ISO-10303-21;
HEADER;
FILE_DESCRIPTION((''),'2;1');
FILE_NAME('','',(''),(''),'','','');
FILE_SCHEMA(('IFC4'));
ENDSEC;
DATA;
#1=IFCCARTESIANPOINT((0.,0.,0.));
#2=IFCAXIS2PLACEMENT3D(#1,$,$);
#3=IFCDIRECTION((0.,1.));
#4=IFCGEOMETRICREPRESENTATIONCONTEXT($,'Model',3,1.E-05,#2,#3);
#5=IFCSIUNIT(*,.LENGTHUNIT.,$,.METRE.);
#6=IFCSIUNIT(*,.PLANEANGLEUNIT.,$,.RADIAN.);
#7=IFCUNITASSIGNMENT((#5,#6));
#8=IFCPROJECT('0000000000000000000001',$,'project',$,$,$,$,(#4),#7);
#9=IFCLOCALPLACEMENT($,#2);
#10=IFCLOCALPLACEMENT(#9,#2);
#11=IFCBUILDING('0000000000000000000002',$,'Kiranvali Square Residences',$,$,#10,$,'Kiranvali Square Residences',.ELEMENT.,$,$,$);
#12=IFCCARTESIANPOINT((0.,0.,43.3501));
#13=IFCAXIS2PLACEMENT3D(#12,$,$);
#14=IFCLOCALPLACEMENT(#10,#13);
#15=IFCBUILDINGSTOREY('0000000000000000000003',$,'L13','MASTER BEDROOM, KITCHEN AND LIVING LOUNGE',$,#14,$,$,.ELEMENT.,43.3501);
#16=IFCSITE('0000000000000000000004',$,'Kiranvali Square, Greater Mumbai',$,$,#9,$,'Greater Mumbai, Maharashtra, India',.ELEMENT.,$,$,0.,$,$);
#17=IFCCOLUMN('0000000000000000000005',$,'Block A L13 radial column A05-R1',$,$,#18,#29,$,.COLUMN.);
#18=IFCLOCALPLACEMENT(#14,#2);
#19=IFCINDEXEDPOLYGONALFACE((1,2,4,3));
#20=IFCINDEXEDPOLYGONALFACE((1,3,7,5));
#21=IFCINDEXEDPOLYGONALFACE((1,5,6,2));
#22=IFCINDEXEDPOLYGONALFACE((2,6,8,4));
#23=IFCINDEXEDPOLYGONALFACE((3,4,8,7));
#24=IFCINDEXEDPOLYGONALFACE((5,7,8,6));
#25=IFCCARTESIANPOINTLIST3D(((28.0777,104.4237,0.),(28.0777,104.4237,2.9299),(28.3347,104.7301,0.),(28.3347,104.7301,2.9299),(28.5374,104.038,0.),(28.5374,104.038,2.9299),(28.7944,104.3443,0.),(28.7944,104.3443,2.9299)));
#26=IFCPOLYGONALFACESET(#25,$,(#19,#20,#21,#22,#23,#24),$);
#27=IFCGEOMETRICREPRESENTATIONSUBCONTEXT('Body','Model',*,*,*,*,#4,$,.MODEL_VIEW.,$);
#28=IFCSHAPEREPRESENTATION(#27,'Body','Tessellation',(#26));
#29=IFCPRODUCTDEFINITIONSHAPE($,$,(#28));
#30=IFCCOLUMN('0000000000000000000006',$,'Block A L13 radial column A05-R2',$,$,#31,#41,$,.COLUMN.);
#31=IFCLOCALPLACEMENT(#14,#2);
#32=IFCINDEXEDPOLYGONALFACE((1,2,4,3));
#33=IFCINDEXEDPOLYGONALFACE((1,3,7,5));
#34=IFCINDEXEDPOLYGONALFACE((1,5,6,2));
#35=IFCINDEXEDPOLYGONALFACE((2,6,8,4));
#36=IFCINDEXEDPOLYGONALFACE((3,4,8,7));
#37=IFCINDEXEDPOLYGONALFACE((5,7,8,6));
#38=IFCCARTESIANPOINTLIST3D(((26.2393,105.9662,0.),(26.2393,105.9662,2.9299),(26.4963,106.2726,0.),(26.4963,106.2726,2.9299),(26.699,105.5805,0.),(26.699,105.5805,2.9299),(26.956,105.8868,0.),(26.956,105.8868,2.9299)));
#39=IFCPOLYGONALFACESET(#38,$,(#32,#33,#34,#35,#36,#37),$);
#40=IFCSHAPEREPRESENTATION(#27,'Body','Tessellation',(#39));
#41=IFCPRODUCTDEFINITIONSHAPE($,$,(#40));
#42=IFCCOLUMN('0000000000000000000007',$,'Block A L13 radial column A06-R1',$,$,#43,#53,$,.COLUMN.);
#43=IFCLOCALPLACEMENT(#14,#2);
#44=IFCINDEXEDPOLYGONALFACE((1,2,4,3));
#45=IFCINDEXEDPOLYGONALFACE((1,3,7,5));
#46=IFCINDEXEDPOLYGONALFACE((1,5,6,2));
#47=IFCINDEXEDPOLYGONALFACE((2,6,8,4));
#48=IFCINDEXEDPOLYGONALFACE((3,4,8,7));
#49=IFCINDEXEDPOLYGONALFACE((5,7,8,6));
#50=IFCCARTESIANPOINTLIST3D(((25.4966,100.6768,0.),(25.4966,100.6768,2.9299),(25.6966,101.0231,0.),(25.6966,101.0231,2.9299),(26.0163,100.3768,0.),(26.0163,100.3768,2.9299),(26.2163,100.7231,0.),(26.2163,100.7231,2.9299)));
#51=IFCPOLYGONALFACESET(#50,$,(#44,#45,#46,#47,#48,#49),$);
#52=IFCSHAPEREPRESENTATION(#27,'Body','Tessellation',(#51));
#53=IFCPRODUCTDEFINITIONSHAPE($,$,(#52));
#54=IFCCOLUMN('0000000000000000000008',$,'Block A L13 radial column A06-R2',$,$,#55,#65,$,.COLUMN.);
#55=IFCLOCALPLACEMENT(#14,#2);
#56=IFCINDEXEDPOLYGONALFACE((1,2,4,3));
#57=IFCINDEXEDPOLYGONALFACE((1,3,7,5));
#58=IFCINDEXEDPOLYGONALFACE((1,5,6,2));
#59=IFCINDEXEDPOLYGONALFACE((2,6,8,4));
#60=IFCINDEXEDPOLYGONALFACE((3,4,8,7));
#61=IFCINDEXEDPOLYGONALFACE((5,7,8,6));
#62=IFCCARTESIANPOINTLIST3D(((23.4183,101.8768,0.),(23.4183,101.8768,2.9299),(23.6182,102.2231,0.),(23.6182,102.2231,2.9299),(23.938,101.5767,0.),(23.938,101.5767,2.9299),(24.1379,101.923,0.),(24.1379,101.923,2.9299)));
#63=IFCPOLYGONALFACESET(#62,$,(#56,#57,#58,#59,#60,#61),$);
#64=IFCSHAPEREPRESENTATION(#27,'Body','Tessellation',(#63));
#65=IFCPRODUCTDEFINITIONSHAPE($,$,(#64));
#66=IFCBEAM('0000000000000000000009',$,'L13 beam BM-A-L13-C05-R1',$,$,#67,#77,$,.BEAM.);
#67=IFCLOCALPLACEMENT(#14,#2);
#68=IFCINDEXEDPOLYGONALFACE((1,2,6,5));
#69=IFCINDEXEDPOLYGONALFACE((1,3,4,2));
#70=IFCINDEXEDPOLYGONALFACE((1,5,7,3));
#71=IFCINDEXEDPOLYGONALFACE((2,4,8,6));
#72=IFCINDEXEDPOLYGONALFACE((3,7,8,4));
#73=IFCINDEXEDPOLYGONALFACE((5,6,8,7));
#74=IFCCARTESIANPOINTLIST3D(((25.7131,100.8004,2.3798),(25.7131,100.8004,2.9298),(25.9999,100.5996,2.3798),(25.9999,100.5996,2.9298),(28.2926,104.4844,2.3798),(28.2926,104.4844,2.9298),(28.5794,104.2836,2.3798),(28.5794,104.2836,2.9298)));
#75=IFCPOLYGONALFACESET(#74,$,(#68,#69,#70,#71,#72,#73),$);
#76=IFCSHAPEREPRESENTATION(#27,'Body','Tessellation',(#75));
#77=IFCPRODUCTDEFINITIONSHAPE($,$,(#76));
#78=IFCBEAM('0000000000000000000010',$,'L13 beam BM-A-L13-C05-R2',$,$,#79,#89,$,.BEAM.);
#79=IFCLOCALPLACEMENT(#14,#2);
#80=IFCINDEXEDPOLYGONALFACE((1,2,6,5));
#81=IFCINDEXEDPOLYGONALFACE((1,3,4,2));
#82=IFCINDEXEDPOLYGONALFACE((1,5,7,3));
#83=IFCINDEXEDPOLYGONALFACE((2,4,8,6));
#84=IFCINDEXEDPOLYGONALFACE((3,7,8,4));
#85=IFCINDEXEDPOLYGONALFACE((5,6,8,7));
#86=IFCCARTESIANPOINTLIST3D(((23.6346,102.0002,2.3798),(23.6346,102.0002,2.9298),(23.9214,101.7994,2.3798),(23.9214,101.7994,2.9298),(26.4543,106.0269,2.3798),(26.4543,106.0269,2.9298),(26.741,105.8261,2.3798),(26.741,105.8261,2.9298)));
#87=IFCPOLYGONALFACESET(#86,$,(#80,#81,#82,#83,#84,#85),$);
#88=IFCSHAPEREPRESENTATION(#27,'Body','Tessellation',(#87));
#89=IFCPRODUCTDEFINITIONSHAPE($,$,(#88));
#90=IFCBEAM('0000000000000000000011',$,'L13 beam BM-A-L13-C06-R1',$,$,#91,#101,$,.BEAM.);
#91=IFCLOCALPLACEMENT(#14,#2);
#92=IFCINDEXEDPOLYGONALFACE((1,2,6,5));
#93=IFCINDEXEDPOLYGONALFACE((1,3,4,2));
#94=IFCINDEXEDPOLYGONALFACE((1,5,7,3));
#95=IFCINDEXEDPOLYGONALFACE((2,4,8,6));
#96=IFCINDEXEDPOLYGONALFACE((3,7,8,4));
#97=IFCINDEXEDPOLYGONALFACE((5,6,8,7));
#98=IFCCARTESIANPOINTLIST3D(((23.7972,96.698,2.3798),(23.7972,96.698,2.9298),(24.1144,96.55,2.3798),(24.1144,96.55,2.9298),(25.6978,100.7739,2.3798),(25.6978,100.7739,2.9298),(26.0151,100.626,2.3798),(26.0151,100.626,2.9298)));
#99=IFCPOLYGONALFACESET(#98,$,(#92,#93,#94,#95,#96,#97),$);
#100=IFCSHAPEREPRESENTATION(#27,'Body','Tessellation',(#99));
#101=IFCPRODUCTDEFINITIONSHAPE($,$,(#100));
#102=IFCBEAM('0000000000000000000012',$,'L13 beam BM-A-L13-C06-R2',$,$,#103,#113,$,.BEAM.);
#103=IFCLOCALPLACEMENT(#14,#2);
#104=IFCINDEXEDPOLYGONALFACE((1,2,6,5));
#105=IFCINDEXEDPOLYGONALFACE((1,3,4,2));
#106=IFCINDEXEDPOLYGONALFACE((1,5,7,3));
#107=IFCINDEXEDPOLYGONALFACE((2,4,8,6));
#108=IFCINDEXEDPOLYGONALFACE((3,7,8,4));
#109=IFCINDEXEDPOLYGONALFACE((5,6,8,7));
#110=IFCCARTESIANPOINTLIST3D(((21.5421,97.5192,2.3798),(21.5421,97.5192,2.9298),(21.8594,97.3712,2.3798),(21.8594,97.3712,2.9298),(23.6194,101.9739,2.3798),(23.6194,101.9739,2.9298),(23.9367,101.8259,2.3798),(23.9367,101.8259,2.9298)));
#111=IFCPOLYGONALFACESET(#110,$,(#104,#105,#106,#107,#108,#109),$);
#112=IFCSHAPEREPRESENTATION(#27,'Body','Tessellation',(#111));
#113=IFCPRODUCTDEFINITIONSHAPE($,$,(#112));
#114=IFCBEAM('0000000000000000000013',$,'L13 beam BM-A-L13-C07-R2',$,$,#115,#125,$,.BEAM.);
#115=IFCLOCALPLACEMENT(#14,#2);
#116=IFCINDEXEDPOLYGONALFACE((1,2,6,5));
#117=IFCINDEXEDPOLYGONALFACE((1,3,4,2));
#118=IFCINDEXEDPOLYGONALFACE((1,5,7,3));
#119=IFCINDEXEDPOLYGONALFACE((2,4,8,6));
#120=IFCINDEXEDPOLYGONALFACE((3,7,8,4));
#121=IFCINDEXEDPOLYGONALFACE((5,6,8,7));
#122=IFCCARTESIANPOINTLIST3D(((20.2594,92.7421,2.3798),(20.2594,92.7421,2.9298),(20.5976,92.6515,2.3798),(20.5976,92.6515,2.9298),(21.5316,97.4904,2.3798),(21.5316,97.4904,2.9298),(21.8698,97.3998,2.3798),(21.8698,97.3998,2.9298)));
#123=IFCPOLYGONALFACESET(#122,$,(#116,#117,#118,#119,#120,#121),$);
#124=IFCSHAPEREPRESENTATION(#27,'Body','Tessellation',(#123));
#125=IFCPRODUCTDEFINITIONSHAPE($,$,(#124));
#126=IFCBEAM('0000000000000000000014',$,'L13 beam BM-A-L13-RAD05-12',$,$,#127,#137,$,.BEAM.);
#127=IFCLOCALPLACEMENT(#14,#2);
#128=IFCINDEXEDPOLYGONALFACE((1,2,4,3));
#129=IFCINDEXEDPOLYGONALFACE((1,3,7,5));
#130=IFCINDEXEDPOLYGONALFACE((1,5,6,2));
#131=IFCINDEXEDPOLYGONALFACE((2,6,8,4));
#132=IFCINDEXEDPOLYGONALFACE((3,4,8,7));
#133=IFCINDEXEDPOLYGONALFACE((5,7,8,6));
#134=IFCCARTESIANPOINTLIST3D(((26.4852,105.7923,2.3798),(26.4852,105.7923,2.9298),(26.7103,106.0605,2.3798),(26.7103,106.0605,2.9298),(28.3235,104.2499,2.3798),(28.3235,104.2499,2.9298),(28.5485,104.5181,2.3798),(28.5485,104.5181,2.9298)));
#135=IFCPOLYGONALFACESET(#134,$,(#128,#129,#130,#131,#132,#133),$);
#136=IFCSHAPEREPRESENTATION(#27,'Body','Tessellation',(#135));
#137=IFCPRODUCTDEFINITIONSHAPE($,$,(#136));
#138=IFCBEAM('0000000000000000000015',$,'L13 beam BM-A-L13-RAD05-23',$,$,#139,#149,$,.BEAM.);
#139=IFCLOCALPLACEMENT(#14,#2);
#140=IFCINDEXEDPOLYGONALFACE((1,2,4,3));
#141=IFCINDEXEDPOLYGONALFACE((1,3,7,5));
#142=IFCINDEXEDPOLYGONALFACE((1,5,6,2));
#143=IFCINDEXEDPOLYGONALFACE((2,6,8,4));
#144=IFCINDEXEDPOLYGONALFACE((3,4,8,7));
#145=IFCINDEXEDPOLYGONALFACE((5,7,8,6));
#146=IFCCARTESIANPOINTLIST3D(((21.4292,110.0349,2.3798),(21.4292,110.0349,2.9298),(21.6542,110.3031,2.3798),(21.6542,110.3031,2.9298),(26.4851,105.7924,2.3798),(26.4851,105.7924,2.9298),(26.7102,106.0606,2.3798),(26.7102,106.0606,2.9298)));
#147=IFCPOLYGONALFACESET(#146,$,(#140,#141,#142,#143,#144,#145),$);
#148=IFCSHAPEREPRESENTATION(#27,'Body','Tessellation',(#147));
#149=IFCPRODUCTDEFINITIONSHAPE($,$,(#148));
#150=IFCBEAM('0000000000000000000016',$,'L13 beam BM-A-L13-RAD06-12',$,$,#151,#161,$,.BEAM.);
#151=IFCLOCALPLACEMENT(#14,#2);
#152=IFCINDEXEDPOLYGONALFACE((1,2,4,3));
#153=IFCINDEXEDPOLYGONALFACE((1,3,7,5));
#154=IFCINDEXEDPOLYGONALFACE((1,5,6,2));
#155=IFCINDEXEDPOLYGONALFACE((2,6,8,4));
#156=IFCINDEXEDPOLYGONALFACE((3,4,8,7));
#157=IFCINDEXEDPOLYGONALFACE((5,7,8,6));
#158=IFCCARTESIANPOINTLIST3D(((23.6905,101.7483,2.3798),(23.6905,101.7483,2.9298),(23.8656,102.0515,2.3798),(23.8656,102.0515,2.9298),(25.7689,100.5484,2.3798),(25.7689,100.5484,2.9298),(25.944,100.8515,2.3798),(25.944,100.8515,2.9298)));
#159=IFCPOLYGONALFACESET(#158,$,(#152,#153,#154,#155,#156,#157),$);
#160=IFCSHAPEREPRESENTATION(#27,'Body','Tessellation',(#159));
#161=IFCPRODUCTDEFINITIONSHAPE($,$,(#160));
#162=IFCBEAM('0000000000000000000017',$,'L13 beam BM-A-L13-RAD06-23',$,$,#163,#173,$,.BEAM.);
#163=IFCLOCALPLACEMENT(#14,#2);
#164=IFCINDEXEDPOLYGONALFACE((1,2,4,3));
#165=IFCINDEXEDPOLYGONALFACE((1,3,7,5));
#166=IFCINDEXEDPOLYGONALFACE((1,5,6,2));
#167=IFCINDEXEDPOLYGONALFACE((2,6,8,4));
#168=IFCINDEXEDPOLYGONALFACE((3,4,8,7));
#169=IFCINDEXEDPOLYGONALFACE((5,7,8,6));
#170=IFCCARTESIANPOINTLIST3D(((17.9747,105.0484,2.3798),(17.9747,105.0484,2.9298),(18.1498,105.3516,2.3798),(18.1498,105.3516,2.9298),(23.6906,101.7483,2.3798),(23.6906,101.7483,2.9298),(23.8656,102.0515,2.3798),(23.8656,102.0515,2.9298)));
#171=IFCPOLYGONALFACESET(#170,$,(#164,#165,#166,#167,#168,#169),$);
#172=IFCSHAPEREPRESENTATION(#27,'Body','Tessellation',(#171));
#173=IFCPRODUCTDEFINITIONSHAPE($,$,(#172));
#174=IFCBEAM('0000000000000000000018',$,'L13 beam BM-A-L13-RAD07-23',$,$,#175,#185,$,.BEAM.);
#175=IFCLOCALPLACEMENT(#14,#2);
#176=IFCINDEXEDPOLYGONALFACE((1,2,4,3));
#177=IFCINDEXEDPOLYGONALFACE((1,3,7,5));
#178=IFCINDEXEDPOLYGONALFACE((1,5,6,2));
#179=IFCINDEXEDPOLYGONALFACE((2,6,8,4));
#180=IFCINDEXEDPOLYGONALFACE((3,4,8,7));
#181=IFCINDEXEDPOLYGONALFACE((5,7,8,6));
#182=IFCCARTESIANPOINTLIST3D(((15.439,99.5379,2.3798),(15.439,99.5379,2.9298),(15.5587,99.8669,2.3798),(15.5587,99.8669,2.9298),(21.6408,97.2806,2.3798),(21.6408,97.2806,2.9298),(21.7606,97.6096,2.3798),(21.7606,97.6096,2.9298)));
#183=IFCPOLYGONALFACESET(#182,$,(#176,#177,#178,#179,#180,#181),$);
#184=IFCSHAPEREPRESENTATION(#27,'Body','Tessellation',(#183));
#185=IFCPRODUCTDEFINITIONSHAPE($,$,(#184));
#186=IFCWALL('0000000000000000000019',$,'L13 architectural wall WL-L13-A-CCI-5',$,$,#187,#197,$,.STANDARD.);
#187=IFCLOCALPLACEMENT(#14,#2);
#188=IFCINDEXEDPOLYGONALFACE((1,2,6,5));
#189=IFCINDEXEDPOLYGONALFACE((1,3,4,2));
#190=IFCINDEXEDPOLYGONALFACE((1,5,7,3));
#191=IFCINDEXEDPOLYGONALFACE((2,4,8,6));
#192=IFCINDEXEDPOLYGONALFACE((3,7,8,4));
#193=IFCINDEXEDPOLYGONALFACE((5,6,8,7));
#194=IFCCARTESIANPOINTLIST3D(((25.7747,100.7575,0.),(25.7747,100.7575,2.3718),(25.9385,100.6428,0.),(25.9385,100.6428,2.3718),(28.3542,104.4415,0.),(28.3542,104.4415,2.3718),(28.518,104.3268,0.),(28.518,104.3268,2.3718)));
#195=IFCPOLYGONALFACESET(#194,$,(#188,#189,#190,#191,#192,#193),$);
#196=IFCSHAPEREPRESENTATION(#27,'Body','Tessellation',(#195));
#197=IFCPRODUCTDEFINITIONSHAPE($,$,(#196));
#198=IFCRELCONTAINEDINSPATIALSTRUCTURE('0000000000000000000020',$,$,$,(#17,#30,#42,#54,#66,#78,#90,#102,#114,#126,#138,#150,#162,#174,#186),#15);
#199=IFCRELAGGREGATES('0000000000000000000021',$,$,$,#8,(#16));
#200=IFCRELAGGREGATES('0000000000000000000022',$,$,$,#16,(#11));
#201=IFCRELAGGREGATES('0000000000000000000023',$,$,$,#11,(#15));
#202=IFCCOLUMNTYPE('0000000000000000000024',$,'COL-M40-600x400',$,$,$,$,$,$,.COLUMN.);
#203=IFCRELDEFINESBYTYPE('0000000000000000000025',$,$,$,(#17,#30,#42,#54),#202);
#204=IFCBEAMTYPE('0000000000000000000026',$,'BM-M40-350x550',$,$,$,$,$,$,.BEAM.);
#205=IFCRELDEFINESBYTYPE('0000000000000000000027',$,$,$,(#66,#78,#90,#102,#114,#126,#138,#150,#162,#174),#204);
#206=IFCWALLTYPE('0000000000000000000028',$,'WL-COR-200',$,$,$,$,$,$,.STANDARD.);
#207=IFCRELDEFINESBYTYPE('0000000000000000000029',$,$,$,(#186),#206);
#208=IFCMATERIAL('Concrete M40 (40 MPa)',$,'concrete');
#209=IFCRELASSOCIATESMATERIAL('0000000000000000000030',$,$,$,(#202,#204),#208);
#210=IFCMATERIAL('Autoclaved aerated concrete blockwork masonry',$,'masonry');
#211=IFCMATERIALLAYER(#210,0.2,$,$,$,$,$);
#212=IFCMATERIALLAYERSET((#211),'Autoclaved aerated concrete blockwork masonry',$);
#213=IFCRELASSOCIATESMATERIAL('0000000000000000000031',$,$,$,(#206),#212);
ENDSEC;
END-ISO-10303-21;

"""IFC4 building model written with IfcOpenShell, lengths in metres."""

from ifc_helpers import new_model, si_unit, direction, frame, frame_2d, origin, origin_2d, place, context, subcontext, project, spatial, rectangle, extrude, material, layer, layer_set, material_profile, profile_set, type_object, element, save


model = new_model("IFC4")

# Units and contexts
model_context = context("Model", 3, precision=1e-05, world=origin(), true_north=direction((0.0, 1.0)))
body_context = subcontext(model_context, "Body", "Model", "MODEL_VIEW")
ifc_project = project(units=[si_unit("LENGTHUNIT", "METRE"), si_unit("PLANEANGLEUNIT", "RADIAN")], contexts=[model_context])

# Site, building, storey
site_placement = place(None, origin())
site = spatial("IfcSite", under=ifc_project, at=site_placement, Name="Kiranvali Square, Greater Mumbai", LongName="Greater Mumbai, Maharashtra, India", CompositionType="ELEMENT", RefElevation=0.0)
building_placement = place(site_placement, origin())
building = spatial("IfcBuilding", under=site, at=building_placement, Name="Kiranvali Square Residences", LongName="Kiranvali Square Residences", CompositionType="ELEMENT")
storey_placement = place(building_placement, frame((0.0, 0.0, 43.3501)))
storey = spatial("IfcBuildingStorey", under=building, at=storey_placement, Name="L13", Description="MASTER BEDROOM, KITCHEN AND LIVING LOUNGE", CompositionType="ELEMENT", Elevation=43.3501)

# Columns
ifc_material_1 = material(Name="Concrete M40 (40 MPa)", Category="concrete")
ifc_material_profile_1 = material_profile(ifc_material_1, rectangle(XDim=0.3999, YDim=0.6001, at=origin_2d()), Name="RC 600x400")
ifc_profile_set_1 = profile_set([ifc_material_profile_1], Name="Concrete M40 (40 MPa)")
column_type = type_object("IfcColumnType", Name="COL-M40-600x400", PredefinedType="COLUMN", material=ifc_profile_set_1)
for number, where, z_axis, x_axis, name in (
    (1, (28.436, 104.384, 0.0), (0.0, 0.0, 1.0), (0.642788, 0.766044, 0.0), "Block A L13 radial column A05-R1"),
    (2, (26.5977, 105.9265, 0.0), (0.0, 0.0, 1.0), (0.642788, 0.766044, 0.0), "Block A L13 radial column A05-R2"),
    (3, (25.8564, 100.7, 0.0), (0.0, 0.0, 1.0), (0.5, 0.866025, 0.0), "Block A L13 radial column A06-R1"),
    (4, (23.7781, 101.8999, 0.0), (0.0, 0.0, 1.0), (0.5, 0.866025, 0.0), "Block A L13 radial column A06-R2"),
):
    element("IfcColumn", number, at=place(storey_placement, frame(where, z_axis=z_axis, x_axis=x_axis)), inside=storey, type_object=column_type, Name=name, PredefinedType="COLUMN", context=body_context, shape_type="SweptSolid", body=[
        extrude(rectangle(XDim=0.3999, YDim=0.6001, at=origin_2d()), origin(), (0.0, 0.0, 1.0), 2.9299),
    ])

# Beams
ifc_material_profile_2 = material_profile(ifc_material_1, rectangle(XDim=0.3501, YDim=0.55, at=origin_2d()), Name="RC 350x550")
ifc_profile_set_2 = profile_set([ifc_material_profile_2], Name="Concrete M40 (40 MPa)")
beam_type = type_object("IfcBeamType", Name="BM-M40-350x550", PredefinedType="BEAM", material=ifc_profile_set_2)
beam_1_placement = place(storey_placement, frame((28.436, 104.384, 2.6548), z_axis=(-0.573572, -0.819155, 0.0), x_axis=(0.819155, -0.573572, 0.0)))
element("IfcBeam", 5, at=beam_1_placement, inside=storey, type_object=beam_type, Name="L13 beam BM-A-L13-C05-R1", PredefinedType="BEAM", context=body_context, shape_type="SweptSolid", body=[
    extrude(rectangle(XDim=0.3501, YDim=0.55, at=origin_2d()), origin(), (0.0, 0.0, 1.0), 4.4973),
])
beam_2_placement = place(storey_placement, frame((26.5977, 105.9265, 2.6548), z_axis=(-0.573592, -0.819141, 0.0), x_axis=(0.819141, -0.573592, 0.0)))
element("IfcBeam", 6, at=beam_2_placement, inside=storey, type_object=beam_type, Name="L13 beam BM-A-L13-C05-R2", PredefinedType="BEAM", context=body_context, shape_type="SweptSolid", body=[
    extrude(rectangle(XDim=0.3501, YDim=0.55, at=origin_2d()), origin(), (0.0, 0.0, 1.0), 4.9158),
])
beam_3_placement = place(storey_placement, frame((25.8564, 100.7, 2.6548), z_axis=(-0.422618, -0.906308, 0.0), x_axis=(0.906308, -0.422618, 0.0)))
element("IfcBeam", 7, at=beam_3_placement, inside=storey, type_object=beam_type, Name="L13 beam BM-A-L13-C06-R1", PredefinedType="BEAM", context=body_context, shape_type="SweptSolid", body=[
    extrude(rectangle(XDim=0.3501, YDim=0.55, at=origin_2d()), origin(), (0.0, 0.0, 1.0), 4.4973),
])
beam_4_placement = place(storey_placement, frame((23.7781, 101.8999, 2.6548), z_axis=(-0.42263, -0.906302, 0.0), x_axis=(0.906302, -0.42263, 0.0)))
element("IfcBeam", 8, at=beam_4_placement, inside=storey, type_object=beam_type, Name="L13 beam BM-A-L13-C06-R2", PredefinedType="BEAM", context=body_context, shape_type="SweptSolid", body=[
    extrude(rectangle(XDim=0.3501, YDim=0.55, at=origin_2d()), origin(), (0.0, 0.0, 1.0), 4.9153),
])
beam_5_placement = place(storey_placement, frame((21.7007, 97.4451, 2.6548), z_axis=(-0.258803, -0.96593, 0.0), x_axis=(0.96593, -0.258803, 0.0)))
element("IfcBeam", 9, at=beam_5_placement, inside=storey, type_object=beam_type, Name="L13 beam BM-A-L13-C07-R2", PredefinedType="BEAM", context=body_context, shape_type="SweptSolid", body=[
    extrude(rectangle(XDim=0.3501, YDim=0.55, at=origin_2d()), origin(), (0.0, 0.0, 1.0), 4.9158),
])
beam_6_placement = place(storey_placement, frame((28.436, 104.384, 2.6548), z_axis=(-0.766065, 0.642763, 0.0), x_axis=(-0.642763, -0.766065, 0.0)))
element("IfcBeam", 10, at=beam_6_placement, inside=storey, type_object=beam_type, Name="L13 beam BM-A-L13-RAD05-12", PredefinedType="BEAM", context=body_context, shape_type="SweptSolid", body=[
    extrude(rectangle(XDim=0.3501, YDim=0.55, at=origin_2d()), origin(), (0.0, 0.0, 1.0), 2.3997),
])
beam_7_placement = place(storey_placement, frame((26.5977, 105.9265, 2.6548), z_axis=(-0.766043, 0.642789, 0.0), x_axis=(-0.642789, -0.766043, 0.0)))
element("IfcBeam", 11, at=beam_7_placement, inside=storey, type_object=beam_type, Name="L13 beam BM-A-L13-RAD05-23", PredefinedType="BEAM", context=body_context, shape_type="SweptSolid", body=[
    extrude(rectangle(XDim=0.3501, YDim=0.55, at=origin_2d()), origin(), (0.0, 0.0, 1.0), 6.6001),
])
beam_8_placement = place(storey_placement, frame((25.8564, 100.7, 2.6548), z_axis=(-0.866025, 0.500001, 0.0), x_axis=(-0.500001, -0.866025, 0.0)))
element("IfcBeam", 12, at=beam_8_placement, inside=storey, type_object=beam_type, Name="L13 beam BM-A-L13-RAD06-12", PredefinedType="BEAM", context=body_context, shape_type="SweptSolid", body=[
    extrude(rectangle(XDim=0.3501, YDim=0.55, at=origin_2d()), origin(), (0.0, 0.0, 1.0), 2.3999),
])
beam_9_placement = place(storey_placement, frame((23.7781, 101.8999, 2.6548), z_axis=(-0.866024, 0.500002, 0.0), x_axis=(-0.500002, -0.866024, 0.0)))
element("IfcBeam", 13, at=beam_9_placement, inside=storey, type_object=beam_type, Name="L13 beam BM-A-L13-RAD06-23", PredefinedType="BEAM", context=body_context, shape_type="SweptSolid", body=[
    extrude(rectangle(XDim=0.3501, YDim=0.55, at=origin_2d()), origin(), (0.0, 0.0, 1.0), 6.6001),
])
beam_10_placement = place(storey_placement, frame((21.7007, 97.4451, 2.6548), z_axis=(-0.939692, 0.342022, 0.0), x_axis=(-0.342022, -0.939692, 0.0)))
element("IfcBeam", 14, at=beam_10_placement, inside=storey, type_object=beam_type, Name="L13 beam BM-A-L13-RAD07-23", PredefinedType="BEAM", context=body_context, shape_type="SweptSolid", body=[
    extrude(rectangle(XDim=0.3501, YDim=0.55, at=origin_2d()), origin(), (0.0, 0.0, 1.0), 6.5999),
])

# Wall
ifc_material_2 = material(Name="Autoclaved aerated concrete blockwork masonry", Category="masonry")
ifc_layer_1 = layer(ifc_material_2, 0.2)
ifc_layer_set_1 = layer_set([ifc_layer_1], Name="Autoclaved aerated concrete blockwork masonry")
wall_type_1 = type_object("IfcWallType", Name="WL-COR-200", PredefinedType="STANDARD", material=ifc_layer_set_1)
wall_1_placement = place(storey_placement, frame((28.436, 104.384, 0.0), z_axis=(0.0, 0.0, 1.0), x_axis=(-0.573572, -0.819155, 0.0)))
element("IfcWall", 15, at=wall_1_placement, inside=storey, type_object=wall_type_1, Name="L13 architectural wall WL-L13-A-CCI-5", PredefinedType="STANDARD", context=body_context, shape_type="SweptSolid", body=[
    extrude(rectangle(XDim=4.4973, YDim=0.2, at=frame_2d((2.2485, 0.0))), origin(), (0.0, 0.0, 1.0), 2.3718),
])

save(model, "model.ifc")
